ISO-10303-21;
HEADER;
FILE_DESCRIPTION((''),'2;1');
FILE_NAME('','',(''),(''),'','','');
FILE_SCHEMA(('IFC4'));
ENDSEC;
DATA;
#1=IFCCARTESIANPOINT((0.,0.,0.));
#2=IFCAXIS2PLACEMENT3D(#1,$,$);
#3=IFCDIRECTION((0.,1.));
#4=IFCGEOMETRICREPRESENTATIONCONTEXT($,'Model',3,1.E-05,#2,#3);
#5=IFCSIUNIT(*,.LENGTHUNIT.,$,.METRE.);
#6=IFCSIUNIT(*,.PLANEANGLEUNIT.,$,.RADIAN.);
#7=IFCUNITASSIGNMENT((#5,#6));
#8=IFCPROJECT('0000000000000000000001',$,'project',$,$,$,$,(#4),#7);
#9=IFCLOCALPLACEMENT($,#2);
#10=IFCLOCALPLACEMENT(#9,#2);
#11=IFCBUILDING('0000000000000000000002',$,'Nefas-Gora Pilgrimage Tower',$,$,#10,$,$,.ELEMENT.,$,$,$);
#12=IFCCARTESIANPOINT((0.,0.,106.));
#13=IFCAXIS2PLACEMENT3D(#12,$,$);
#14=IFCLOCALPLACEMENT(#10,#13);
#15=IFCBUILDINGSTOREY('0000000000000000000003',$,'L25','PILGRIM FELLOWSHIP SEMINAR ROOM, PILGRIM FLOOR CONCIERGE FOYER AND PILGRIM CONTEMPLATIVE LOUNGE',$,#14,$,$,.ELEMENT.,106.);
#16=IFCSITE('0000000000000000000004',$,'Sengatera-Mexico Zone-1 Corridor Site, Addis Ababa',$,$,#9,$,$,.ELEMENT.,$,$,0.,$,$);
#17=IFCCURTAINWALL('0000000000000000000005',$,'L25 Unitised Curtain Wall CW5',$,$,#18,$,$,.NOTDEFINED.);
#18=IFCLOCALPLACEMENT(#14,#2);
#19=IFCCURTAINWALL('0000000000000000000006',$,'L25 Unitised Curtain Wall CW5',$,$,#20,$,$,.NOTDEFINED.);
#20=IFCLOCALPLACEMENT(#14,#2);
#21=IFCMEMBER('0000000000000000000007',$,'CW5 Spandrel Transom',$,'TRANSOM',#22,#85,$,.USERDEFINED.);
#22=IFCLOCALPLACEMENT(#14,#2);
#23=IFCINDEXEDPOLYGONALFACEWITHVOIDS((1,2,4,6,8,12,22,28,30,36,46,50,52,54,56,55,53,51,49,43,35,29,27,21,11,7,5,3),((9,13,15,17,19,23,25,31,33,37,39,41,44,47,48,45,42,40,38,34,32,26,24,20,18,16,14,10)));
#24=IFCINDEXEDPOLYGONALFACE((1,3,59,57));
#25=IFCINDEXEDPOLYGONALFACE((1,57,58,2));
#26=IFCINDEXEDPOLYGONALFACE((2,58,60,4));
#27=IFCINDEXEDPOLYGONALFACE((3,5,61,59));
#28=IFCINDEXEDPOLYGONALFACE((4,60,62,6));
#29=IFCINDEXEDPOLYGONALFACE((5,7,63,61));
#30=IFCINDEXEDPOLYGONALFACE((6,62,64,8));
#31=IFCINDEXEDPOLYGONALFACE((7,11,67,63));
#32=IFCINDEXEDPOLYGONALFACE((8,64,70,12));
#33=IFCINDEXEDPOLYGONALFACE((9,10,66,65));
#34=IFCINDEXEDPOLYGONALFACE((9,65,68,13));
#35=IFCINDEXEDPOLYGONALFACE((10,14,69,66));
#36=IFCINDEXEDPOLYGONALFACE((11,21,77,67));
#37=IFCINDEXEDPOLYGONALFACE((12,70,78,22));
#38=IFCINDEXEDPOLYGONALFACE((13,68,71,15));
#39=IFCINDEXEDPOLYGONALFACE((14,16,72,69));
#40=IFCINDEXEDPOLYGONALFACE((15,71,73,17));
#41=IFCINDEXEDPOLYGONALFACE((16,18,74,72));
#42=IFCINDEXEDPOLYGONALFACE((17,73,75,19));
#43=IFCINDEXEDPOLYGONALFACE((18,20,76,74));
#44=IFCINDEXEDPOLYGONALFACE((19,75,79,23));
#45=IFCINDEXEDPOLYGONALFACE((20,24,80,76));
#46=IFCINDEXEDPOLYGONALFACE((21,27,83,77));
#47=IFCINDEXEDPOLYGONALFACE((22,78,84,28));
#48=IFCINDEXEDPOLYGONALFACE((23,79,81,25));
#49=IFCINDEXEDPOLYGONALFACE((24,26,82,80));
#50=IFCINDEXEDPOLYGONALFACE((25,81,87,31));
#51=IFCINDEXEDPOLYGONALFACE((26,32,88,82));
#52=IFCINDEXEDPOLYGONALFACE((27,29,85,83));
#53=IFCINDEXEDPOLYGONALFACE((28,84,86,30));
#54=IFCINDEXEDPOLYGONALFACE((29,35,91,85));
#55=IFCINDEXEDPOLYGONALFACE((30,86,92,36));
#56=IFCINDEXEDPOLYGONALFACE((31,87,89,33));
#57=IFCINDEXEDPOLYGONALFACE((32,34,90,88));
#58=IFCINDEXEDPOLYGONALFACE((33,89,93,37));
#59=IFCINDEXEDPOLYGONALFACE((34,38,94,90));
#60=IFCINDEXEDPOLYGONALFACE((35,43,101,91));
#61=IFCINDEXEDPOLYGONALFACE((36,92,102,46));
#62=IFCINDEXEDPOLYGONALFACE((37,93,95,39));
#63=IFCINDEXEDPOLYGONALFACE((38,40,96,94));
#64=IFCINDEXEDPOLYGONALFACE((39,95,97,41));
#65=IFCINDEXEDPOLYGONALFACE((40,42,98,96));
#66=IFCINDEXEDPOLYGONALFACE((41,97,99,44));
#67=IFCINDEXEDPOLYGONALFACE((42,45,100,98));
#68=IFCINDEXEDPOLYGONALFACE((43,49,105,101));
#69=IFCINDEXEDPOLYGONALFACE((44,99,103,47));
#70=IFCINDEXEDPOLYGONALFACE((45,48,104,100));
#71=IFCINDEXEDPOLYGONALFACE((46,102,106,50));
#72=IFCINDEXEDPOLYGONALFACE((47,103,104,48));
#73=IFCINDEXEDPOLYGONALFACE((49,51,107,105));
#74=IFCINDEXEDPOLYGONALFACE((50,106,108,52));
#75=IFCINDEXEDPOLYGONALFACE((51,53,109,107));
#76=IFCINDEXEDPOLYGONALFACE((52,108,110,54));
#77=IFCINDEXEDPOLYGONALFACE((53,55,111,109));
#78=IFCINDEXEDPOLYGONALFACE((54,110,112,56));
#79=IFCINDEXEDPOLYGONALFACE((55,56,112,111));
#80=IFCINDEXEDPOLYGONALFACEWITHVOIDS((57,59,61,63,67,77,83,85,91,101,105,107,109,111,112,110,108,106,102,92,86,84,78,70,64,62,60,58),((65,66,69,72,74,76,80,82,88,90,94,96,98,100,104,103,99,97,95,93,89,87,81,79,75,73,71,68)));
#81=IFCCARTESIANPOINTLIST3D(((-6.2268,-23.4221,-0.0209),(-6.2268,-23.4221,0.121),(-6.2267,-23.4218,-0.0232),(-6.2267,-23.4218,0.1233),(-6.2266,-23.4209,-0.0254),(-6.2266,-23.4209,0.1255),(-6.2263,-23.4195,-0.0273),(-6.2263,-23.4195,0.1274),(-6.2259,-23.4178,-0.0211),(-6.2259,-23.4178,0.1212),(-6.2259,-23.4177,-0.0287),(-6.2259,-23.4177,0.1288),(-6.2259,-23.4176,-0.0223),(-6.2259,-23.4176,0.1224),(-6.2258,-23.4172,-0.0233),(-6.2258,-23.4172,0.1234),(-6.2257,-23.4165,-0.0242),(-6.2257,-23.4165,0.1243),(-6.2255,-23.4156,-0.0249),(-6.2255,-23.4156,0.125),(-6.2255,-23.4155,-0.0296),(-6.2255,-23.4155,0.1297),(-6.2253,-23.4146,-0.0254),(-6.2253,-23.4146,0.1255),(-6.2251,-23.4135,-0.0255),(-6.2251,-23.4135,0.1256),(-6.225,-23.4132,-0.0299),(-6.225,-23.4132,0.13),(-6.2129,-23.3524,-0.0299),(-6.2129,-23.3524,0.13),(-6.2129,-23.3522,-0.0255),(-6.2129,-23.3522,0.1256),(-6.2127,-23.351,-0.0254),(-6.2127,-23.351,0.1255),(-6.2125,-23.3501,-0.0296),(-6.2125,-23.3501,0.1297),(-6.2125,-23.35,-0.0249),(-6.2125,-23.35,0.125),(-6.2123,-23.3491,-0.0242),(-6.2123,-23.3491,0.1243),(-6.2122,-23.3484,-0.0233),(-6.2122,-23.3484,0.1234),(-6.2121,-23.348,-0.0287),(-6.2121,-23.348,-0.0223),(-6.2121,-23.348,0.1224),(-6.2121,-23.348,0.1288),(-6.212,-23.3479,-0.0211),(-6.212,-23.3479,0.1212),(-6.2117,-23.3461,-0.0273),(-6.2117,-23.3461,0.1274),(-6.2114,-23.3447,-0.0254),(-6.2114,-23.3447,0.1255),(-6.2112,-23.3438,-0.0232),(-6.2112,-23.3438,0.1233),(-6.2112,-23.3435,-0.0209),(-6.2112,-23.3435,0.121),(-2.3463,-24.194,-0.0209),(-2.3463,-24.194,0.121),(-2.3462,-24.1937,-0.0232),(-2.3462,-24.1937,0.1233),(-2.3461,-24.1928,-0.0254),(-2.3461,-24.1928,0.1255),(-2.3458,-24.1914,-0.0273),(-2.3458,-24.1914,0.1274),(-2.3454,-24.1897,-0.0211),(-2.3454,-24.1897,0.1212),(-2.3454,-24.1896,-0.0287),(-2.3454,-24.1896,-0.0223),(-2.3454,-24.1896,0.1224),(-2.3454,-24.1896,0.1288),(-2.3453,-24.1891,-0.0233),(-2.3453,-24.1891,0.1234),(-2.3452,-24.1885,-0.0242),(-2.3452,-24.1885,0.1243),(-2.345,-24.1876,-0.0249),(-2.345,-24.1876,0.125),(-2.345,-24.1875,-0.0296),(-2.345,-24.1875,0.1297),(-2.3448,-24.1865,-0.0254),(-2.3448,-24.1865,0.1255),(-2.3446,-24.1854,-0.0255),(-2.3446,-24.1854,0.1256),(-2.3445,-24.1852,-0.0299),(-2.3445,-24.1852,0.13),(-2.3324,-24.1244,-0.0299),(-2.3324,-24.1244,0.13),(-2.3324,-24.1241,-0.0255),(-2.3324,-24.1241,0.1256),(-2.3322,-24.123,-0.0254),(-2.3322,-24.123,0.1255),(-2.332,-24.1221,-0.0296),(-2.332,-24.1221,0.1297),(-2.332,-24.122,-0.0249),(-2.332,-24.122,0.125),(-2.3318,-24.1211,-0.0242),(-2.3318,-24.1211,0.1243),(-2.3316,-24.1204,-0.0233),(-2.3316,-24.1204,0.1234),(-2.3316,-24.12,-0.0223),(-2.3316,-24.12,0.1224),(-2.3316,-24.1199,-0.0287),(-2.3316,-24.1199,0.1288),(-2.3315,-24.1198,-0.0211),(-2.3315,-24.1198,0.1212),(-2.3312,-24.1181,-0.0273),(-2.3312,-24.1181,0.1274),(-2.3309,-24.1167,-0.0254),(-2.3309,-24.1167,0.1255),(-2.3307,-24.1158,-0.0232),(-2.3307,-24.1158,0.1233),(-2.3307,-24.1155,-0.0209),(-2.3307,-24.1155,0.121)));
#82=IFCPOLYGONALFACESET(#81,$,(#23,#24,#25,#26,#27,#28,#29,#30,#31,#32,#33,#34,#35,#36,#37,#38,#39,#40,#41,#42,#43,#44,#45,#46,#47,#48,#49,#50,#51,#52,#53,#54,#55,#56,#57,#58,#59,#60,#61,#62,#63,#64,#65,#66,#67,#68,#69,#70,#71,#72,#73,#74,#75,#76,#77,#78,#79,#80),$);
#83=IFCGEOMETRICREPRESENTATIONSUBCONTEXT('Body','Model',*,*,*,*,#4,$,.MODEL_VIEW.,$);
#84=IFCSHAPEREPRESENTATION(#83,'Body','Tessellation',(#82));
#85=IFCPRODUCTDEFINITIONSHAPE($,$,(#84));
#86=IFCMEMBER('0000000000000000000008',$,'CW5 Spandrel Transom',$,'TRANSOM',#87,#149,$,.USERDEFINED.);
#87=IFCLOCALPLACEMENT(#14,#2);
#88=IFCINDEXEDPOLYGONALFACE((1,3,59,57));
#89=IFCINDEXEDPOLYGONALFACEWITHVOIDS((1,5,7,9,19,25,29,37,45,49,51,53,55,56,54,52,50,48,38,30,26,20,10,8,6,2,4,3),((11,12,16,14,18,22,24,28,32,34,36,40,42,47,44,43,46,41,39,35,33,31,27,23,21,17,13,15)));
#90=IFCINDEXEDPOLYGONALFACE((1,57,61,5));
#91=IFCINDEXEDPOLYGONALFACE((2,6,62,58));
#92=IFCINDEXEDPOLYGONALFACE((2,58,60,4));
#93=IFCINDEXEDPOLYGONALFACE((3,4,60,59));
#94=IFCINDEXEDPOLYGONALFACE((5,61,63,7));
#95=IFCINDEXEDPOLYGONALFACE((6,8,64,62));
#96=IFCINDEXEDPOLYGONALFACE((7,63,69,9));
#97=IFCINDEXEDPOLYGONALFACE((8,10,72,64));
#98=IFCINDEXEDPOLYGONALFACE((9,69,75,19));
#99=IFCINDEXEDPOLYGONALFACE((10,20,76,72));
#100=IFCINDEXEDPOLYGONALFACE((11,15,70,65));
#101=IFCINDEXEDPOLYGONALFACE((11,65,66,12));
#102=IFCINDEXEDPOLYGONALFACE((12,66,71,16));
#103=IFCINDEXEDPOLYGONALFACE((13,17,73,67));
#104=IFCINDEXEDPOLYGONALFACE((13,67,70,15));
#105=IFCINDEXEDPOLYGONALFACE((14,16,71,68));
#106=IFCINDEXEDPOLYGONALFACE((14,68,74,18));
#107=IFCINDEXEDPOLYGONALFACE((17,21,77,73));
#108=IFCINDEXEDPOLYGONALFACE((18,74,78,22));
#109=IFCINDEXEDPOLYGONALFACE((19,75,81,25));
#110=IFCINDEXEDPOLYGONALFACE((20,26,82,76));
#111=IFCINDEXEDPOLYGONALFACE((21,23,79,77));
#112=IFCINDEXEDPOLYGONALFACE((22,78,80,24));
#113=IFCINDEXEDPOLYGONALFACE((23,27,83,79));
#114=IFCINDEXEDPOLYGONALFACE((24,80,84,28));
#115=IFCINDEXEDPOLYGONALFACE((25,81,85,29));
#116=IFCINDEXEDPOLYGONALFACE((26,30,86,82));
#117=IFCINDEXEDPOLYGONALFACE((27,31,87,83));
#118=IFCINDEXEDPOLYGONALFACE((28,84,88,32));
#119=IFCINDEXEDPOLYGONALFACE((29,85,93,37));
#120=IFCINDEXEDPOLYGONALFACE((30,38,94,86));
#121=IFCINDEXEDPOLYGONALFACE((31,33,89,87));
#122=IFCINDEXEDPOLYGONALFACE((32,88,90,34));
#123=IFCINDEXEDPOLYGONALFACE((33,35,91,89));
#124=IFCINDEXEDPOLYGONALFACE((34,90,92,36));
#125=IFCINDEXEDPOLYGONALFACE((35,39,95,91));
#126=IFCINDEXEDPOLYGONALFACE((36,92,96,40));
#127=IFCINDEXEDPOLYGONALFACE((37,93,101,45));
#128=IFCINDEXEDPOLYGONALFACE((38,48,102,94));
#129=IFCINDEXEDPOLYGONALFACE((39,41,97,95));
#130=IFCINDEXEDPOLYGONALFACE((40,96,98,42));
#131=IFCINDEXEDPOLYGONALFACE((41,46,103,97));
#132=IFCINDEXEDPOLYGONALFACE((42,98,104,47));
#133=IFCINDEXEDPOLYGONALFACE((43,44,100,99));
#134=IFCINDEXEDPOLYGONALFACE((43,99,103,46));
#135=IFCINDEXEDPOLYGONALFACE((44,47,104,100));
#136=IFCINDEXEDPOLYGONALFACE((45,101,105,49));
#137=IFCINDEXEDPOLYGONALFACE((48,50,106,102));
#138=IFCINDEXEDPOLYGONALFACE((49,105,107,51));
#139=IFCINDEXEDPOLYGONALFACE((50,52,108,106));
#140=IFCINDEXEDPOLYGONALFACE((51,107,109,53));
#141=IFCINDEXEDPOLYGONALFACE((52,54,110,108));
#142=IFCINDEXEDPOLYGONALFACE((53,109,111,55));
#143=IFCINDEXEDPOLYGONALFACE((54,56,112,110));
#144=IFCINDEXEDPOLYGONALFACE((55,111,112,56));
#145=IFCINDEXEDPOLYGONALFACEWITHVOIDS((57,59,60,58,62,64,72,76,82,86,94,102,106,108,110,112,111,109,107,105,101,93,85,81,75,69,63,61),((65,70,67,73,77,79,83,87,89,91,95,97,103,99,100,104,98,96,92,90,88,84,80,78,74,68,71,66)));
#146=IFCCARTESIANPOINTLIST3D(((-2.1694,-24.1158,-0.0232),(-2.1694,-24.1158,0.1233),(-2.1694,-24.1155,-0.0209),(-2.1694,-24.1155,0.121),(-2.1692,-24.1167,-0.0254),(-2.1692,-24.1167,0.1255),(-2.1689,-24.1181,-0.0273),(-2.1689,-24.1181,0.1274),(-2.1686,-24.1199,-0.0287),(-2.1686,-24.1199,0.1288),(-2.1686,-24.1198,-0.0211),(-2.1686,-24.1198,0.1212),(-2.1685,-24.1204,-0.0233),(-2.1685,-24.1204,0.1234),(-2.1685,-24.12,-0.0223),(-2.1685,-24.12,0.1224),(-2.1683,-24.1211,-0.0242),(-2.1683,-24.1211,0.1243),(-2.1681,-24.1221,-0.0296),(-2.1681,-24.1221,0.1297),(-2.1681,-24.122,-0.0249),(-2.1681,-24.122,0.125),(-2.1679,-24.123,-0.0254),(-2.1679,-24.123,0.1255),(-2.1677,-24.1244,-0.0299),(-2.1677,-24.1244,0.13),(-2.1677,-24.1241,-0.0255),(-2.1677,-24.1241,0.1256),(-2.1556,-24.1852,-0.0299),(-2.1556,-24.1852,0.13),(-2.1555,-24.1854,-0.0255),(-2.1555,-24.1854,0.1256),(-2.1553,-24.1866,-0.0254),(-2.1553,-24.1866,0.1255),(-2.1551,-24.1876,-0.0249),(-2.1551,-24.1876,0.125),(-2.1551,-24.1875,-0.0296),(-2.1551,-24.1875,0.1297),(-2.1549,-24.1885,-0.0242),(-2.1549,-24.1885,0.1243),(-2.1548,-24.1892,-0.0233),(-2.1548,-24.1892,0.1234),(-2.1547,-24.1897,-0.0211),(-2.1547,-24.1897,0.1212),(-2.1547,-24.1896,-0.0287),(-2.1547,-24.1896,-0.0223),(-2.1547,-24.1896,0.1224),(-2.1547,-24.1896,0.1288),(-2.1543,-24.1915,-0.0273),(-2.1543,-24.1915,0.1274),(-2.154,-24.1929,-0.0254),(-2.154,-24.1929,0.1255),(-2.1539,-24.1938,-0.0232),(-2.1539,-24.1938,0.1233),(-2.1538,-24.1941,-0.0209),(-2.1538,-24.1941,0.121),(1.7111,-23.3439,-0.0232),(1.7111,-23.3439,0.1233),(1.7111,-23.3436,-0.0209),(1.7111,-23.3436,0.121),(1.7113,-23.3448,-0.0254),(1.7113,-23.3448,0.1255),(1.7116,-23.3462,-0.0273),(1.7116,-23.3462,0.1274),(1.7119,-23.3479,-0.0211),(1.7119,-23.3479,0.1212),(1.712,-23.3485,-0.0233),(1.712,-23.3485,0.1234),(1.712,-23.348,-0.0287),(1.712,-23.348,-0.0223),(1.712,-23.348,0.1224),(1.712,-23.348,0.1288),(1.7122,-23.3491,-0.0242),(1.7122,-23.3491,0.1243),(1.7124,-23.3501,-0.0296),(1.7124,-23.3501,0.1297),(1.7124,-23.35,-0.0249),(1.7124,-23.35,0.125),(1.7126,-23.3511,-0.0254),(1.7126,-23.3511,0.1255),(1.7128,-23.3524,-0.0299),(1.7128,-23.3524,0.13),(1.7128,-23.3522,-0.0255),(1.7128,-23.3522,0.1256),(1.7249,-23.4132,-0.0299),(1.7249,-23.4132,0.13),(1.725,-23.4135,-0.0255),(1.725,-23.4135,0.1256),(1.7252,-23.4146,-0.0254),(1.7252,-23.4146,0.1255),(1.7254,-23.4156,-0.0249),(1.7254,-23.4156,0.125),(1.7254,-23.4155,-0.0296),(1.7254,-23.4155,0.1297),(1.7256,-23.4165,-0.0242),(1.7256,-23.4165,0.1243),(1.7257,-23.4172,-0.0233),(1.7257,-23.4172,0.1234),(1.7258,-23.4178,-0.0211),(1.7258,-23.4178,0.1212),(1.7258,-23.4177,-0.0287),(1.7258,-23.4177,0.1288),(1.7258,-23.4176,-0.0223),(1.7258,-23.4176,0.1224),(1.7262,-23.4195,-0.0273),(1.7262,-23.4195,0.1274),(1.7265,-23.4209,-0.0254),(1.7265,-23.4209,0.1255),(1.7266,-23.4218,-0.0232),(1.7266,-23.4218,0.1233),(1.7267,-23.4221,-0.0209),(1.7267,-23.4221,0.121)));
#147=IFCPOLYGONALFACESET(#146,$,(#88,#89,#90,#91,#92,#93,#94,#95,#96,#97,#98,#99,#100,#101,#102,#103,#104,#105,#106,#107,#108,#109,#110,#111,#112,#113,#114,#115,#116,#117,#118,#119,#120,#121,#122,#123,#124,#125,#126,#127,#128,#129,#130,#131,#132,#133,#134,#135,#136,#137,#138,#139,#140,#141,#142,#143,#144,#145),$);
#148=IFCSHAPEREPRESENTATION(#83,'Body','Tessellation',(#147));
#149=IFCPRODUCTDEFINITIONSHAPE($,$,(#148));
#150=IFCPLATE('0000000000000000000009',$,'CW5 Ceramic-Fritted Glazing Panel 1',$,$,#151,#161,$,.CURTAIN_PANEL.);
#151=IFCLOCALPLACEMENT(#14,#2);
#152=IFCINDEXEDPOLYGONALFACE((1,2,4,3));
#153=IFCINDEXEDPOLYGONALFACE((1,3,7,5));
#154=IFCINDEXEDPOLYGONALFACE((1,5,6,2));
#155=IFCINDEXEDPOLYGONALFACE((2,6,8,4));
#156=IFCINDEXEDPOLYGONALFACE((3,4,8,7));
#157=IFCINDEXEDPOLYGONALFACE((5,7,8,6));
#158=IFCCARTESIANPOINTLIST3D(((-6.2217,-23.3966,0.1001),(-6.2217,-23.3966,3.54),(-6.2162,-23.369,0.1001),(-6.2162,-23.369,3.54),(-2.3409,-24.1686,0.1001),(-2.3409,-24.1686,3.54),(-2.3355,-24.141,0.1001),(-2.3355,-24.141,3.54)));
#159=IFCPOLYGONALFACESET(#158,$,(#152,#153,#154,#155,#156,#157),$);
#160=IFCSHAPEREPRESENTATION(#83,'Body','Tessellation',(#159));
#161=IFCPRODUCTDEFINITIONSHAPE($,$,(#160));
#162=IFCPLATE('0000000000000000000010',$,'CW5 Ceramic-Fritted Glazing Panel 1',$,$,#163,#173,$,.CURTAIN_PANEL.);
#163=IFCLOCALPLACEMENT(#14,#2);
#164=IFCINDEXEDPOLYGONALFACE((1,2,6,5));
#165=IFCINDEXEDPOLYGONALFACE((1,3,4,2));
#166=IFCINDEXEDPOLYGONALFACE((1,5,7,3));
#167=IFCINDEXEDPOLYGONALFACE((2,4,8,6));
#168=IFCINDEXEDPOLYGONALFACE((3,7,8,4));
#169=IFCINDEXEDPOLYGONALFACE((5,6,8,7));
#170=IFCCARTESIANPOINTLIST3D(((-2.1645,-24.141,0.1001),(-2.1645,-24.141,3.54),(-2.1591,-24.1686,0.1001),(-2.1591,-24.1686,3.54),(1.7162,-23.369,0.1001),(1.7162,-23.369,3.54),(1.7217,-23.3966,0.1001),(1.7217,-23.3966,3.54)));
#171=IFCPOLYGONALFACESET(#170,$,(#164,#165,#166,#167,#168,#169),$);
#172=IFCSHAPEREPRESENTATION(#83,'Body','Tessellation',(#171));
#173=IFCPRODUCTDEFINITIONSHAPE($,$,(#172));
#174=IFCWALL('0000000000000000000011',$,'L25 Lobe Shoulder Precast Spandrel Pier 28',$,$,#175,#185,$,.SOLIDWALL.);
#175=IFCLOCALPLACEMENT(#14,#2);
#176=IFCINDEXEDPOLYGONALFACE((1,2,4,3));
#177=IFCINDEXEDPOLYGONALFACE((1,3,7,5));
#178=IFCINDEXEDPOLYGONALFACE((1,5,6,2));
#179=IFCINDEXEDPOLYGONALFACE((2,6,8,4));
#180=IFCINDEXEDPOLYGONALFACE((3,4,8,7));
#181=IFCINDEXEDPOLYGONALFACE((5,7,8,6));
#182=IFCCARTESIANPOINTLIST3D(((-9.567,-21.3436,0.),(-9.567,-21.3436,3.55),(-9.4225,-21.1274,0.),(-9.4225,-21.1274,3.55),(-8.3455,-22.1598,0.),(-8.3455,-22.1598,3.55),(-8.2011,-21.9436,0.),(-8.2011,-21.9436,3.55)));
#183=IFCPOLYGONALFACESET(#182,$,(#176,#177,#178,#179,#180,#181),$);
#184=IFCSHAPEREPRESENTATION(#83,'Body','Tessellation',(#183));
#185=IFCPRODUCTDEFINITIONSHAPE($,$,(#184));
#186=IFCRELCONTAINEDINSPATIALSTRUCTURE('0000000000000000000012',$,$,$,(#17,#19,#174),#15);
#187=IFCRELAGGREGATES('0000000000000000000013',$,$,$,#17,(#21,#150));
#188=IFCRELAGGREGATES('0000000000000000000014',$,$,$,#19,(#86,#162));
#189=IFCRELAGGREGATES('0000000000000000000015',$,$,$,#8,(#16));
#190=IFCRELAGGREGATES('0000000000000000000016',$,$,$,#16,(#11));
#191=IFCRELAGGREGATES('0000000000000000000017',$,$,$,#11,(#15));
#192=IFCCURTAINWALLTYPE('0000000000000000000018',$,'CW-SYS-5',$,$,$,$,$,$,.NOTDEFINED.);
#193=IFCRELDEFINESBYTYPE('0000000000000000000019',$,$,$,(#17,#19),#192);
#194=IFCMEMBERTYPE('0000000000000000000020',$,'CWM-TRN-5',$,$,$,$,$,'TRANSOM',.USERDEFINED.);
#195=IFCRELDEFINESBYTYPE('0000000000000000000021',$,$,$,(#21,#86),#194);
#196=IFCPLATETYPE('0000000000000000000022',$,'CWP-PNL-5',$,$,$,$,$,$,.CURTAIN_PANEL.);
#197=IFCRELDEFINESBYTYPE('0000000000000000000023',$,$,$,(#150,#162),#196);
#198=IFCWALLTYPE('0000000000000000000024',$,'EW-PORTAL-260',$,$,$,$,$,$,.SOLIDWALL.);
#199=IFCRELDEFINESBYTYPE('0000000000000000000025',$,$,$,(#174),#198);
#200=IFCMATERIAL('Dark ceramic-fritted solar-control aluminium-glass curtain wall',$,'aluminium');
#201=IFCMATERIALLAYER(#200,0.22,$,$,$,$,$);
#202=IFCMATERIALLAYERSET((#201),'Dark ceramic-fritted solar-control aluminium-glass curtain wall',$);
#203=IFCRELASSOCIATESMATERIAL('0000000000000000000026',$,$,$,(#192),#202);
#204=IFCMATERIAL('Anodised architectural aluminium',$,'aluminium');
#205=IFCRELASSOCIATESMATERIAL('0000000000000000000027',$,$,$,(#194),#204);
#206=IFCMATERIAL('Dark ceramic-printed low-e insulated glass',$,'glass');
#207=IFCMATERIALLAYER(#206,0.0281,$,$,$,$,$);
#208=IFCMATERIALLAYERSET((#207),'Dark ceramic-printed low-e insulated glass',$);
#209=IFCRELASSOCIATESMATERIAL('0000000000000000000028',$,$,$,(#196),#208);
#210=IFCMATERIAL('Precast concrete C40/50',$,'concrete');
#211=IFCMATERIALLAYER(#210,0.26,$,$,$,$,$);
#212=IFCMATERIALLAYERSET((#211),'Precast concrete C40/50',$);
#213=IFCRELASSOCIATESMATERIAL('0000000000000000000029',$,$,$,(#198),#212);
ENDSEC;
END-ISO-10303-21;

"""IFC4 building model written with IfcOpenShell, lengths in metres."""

from ifc_helpers import new_model, si_unit, direction, frame, frame_2d, origin, origin_2d, place, context, subcontext, project, spatial, rectangle, hollow_rectangle, extrude, source, transform, mapped, material, layer, layer_set, material_profile, profile_set, type_object, element, aggregate, save


model = new_model("IFC4")

# Units and contexts
model_context = context("Model", 3, precision=1e-05, world=origin(), true_north=direction((0.0, 1.0)))
body_context = subcontext(model_context, "Body", "Model", "MODEL_VIEW")
ifc_project = project(units=[si_unit("LENGTHUNIT", "METRE"), si_unit("PLANEANGLEUNIT", "RADIAN")], contexts=[model_context])

# Site, building, storey
site_placement = place(None, origin())
site = spatial("IfcSite", under=ifc_project, at=site_placement, Name="Sengatera-Mexico Zone-1 Corridor Site, Addis Ababa", CompositionType="ELEMENT", RefElevation=0.0)
building_placement = place(site_placement, origin())
building = spatial("IfcBuilding", under=site, at=building_placement, Name="Nefas-Gora Pilgrimage Tower", CompositionType="ELEMENT")
storey_placement = place(building_placement, frame((0.0, 0.0, 106.0)))
storey = spatial("IfcBuildingStorey", under=building, at=storey_placement, Name="L25", Description="PILGRIM FELLOWSHIP SEMINAR ROOM, PILGRIM FLOOR CONCIERGE FOYER AND PILGRIM CONTEMPLATIVE LOUNGE", CompositionType="ELEMENT", Elevation=106.0)

# Shared definitions
ifc_material_1 = material(Name="Dark ceramic-fritted solar-control aluminium-glass curtain wall", Category="aluminium")
ifc_layer_1 = layer(ifc_material_1, 0.22)
ifc_layer_set_1 = layer_set([ifc_layer_1], Name="Dark ceramic-fritted solar-control aluminium-glass curtain wall")
curtain_wall_type = type_object("IfcCurtainWallType", Name="CW-SYS-5", PredefinedType="NOTDEFINED", material=ifc_layer_set_1)
ifc_material_2 = material(Name="Anodised architectural aluminium", Category="aluminium")

# Curtain wall
curtain_wall_1_placement = place(storey_placement, origin())
curtain_wall_1 = element("IfcCurtainWall", 1, at=curtain_wall_1_placement, inside=storey, type_object=curtain_wall_type, Name="L25 Unitised Curtain Wall CW5", PredefinedType="NOTDEFINED")

# Curtain wall
curtain_wall_2_placement = place(storey_placement, origin())
curtain_wall_2 = element("IfcCurtainWall", 2, at=curtain_wall_2_placement, inside=storey, type_object=curtain_wall_type, Name="L25 Unitised Curtain Wall CW5", PredefinedType="NOTDEFINED")

# Members
ifc_material_profile_1 = material_profile(ifc_material_2, hollow_rectangle(XDim=0.0801, YDim=0.1599, WallThickness=0.0044, InnerFilletRadius=0.0044, OuterFilletRadius=0.009, at=origin_2d()), Name="ALU TRANSOM 80x160")
ifc_profile_set_1 = profile_set([ifc_material_profile_1], Name="Anodised architectural aluminium")
member_type_1 = type_object("IfcMemberType", Name="CWM-TRN-5", ElementType="TRANSOM", PredefinedType="USERDEFINED", material=ifc_profile_set_1)
shared_shape_1 = source(origin(), body_context, "Body", "SweptSolid", [
    extrude(hollow_rectangle(XDim=0.0801, YDim=0.1599, WallThickness=0.0044, InnerFilletRadius=0.0044, OuterFilletRadius=0.009, at=origin_2d()), origin(), (0.0, 0.0, 1.0), 3.9565),
])
member_1_placement = place(storey_placement, frame((-6.219, -23.3828, 0.05), z_axis=(0.980782, -0.195107, 0.0), x_axis=(0.195107, 0.980782, 0.0)))
member_1 = element("IfcMember", 3, at=member_1_placement, type_object=member_type_1, Name="CW5 Spandrel Transom", ObjectType="TRANSOM", PredefinedType="USERDEFINED", context=body_context, shape_type="MappedRepresentation", body=[
    mapped(shared_shape_1, transform((0.0, 0.0, 0.0), x_axis=(1.0, 0.0, 0.0), y_axis=(0.0, 1.0, 0.0), z_axis=(0.0, 0.0, 1.0), scale=1.0)),
])
member_2_placement = place(storey_placement, frame((-2.1616, -24.1548, 0.05), z_axis=(0.980782, 0.195107, 0.0), x_axis=(-0.195107, 0.980782, 0.0)))
member_2 = element("IfcMember", 4, at=member_2_placement, type_object=member_type_1, Name="CW5 Spandrel Transom", ObjectType="TRANSOM", PredefinedType="USERDEFINED", context=body_context, shape_type="MappedRepresentation", body=[
    mapped(shared_shape_1, transform((0.0, 0.0, 0.0), x_axis=(1.0, 0.0, 0.0), y_axis=(0.0, 1.0, 0.0), z_axis=(0.0, 0.0, 1.0), scale=1.0)),
])

# Plates
ifc_material_3 = material(Name="Dark ceramic-printed low-e insulated glass", Category="glass")
ifc_layer_2 = layer(ifc_material_3, 0.0281)
ifc_layer_set_2 = layer_set([ifc_layer_2], Name="Dark ceramic-printed low-e insulated glass")
plate_type = type_object("IfcPlateType", Name="CWP-PNL-5", PredefinedType="CURTAIN_PANEL", material=ifc_layer_set_2)
shared_shape_2 = source(origin(), body_context, "Body", "SweptSolid", [
    extrude(rectangle(XDim=3.9568, YDim=0.0281, at=origin_2d()), origin(), (0.0, 0.0, 1.0), 3.4399),
])
plate_1_placement = place(storey_placement, frame((-4.2786, -23.7688, 0.1001), z_axis=(0.0, 0.0, 1.0), x_axis=(0.980783, -0.195102, 0.0)))
plate_1 = element("IfcPlate", 5, at=plate_1_placement, type_object=plate_type, Name="CW5 Ceramic-Fritted Glazing Panel 1", PredefinedType="CURTAIN_PANEL", context=body_context, shape_type="MappedRepresentation", body=[
    mapped(shared_shape_2, transform((0.0, 0.0, 0.0), x_axis=(1.0, 0.0, 0.0), y_axis=(0.0, 1.0, 0.0), z_axis=(0.0, 0.0, 1.0), scale=1.0)),
])
aggregate(curtain_wall_1, [member_1, plate_1])
plate_2_placement = place(storey_placement, frame((-0.2214, -23.7688, 0.1001), z_axis=(0.0, 0.0, 1.0), x_axis=(0.980783, 0.195102, 0.0)))
plate_2 = element("IfcPlate", 6, at=plate_2_placement, type_object=plate_type, Name="CW5 Ceramic-Fritted Glazing Panel 1", PredefinedType="CURTAIN_PANEL", context=body_context, shape_type="MappedRepresentation", body=[
    mapped(shared_shape_2, transform((0.0, 0.0, 0.0), x_axis=(1.0, 0.0, 0.0), y_axis=(0.0, 1.0, 0.0), z_axis=(0.0, 0.0, 1.0), scale=1.0)),
])
aggregate(curtain_wall_2, [member_2, plate_2])

# Wall
ifc_material_4 = material(Name="Precast concrete C40/50", Category="concrete")
ifc_layer_3 = layer(ifc_material_4, 0.26)
ifc_layer_set_3 = layer_set([ifc_layer_3], Name="Precast concrete C40/50")
wall_type_1 = type_object("IfcWallType", Name="EW-PORTAL-260", PredefinedType="SOLIDWALL", material=ifc_layer_set_3)
shared_shape_3 = source(origin(), body_context, "Body", "SweptSolid", [
    extrude(rectangle(XDim=1.469, YDim=0.26, at=frame_2d((0.7344, 0.0))), origin(), (0.0, 0.0, 1.0), 3.55),
])
wall_1_placement = place(storey_placement, frame((-9.4946, -21.2356, 0.0), z_axis=(0.0, 0.0, 1.0), x_axis=(0.831462, -0.555582, 0.0)))
element("IfcWall", 7, at=wall_1_placement, inside=storey, type_object=wall_type_1, Name="L25 Lobe Shoulder Precast Spandrel Pier 28", PredefinedType="SOLIDWALL", context=body_context, shape_type="MappedRepresentation", body=[
    mapped(shared_shape_3, transform((0.0, 0.0, 0.0), x_axis=(1.0, 0.0, 0.0), y_axis=(0.0, 1.0, 0.0), z_axis=(0.0, 0.0, 1.0), scale=1.0)),
])

save(model, "model.ifc")
